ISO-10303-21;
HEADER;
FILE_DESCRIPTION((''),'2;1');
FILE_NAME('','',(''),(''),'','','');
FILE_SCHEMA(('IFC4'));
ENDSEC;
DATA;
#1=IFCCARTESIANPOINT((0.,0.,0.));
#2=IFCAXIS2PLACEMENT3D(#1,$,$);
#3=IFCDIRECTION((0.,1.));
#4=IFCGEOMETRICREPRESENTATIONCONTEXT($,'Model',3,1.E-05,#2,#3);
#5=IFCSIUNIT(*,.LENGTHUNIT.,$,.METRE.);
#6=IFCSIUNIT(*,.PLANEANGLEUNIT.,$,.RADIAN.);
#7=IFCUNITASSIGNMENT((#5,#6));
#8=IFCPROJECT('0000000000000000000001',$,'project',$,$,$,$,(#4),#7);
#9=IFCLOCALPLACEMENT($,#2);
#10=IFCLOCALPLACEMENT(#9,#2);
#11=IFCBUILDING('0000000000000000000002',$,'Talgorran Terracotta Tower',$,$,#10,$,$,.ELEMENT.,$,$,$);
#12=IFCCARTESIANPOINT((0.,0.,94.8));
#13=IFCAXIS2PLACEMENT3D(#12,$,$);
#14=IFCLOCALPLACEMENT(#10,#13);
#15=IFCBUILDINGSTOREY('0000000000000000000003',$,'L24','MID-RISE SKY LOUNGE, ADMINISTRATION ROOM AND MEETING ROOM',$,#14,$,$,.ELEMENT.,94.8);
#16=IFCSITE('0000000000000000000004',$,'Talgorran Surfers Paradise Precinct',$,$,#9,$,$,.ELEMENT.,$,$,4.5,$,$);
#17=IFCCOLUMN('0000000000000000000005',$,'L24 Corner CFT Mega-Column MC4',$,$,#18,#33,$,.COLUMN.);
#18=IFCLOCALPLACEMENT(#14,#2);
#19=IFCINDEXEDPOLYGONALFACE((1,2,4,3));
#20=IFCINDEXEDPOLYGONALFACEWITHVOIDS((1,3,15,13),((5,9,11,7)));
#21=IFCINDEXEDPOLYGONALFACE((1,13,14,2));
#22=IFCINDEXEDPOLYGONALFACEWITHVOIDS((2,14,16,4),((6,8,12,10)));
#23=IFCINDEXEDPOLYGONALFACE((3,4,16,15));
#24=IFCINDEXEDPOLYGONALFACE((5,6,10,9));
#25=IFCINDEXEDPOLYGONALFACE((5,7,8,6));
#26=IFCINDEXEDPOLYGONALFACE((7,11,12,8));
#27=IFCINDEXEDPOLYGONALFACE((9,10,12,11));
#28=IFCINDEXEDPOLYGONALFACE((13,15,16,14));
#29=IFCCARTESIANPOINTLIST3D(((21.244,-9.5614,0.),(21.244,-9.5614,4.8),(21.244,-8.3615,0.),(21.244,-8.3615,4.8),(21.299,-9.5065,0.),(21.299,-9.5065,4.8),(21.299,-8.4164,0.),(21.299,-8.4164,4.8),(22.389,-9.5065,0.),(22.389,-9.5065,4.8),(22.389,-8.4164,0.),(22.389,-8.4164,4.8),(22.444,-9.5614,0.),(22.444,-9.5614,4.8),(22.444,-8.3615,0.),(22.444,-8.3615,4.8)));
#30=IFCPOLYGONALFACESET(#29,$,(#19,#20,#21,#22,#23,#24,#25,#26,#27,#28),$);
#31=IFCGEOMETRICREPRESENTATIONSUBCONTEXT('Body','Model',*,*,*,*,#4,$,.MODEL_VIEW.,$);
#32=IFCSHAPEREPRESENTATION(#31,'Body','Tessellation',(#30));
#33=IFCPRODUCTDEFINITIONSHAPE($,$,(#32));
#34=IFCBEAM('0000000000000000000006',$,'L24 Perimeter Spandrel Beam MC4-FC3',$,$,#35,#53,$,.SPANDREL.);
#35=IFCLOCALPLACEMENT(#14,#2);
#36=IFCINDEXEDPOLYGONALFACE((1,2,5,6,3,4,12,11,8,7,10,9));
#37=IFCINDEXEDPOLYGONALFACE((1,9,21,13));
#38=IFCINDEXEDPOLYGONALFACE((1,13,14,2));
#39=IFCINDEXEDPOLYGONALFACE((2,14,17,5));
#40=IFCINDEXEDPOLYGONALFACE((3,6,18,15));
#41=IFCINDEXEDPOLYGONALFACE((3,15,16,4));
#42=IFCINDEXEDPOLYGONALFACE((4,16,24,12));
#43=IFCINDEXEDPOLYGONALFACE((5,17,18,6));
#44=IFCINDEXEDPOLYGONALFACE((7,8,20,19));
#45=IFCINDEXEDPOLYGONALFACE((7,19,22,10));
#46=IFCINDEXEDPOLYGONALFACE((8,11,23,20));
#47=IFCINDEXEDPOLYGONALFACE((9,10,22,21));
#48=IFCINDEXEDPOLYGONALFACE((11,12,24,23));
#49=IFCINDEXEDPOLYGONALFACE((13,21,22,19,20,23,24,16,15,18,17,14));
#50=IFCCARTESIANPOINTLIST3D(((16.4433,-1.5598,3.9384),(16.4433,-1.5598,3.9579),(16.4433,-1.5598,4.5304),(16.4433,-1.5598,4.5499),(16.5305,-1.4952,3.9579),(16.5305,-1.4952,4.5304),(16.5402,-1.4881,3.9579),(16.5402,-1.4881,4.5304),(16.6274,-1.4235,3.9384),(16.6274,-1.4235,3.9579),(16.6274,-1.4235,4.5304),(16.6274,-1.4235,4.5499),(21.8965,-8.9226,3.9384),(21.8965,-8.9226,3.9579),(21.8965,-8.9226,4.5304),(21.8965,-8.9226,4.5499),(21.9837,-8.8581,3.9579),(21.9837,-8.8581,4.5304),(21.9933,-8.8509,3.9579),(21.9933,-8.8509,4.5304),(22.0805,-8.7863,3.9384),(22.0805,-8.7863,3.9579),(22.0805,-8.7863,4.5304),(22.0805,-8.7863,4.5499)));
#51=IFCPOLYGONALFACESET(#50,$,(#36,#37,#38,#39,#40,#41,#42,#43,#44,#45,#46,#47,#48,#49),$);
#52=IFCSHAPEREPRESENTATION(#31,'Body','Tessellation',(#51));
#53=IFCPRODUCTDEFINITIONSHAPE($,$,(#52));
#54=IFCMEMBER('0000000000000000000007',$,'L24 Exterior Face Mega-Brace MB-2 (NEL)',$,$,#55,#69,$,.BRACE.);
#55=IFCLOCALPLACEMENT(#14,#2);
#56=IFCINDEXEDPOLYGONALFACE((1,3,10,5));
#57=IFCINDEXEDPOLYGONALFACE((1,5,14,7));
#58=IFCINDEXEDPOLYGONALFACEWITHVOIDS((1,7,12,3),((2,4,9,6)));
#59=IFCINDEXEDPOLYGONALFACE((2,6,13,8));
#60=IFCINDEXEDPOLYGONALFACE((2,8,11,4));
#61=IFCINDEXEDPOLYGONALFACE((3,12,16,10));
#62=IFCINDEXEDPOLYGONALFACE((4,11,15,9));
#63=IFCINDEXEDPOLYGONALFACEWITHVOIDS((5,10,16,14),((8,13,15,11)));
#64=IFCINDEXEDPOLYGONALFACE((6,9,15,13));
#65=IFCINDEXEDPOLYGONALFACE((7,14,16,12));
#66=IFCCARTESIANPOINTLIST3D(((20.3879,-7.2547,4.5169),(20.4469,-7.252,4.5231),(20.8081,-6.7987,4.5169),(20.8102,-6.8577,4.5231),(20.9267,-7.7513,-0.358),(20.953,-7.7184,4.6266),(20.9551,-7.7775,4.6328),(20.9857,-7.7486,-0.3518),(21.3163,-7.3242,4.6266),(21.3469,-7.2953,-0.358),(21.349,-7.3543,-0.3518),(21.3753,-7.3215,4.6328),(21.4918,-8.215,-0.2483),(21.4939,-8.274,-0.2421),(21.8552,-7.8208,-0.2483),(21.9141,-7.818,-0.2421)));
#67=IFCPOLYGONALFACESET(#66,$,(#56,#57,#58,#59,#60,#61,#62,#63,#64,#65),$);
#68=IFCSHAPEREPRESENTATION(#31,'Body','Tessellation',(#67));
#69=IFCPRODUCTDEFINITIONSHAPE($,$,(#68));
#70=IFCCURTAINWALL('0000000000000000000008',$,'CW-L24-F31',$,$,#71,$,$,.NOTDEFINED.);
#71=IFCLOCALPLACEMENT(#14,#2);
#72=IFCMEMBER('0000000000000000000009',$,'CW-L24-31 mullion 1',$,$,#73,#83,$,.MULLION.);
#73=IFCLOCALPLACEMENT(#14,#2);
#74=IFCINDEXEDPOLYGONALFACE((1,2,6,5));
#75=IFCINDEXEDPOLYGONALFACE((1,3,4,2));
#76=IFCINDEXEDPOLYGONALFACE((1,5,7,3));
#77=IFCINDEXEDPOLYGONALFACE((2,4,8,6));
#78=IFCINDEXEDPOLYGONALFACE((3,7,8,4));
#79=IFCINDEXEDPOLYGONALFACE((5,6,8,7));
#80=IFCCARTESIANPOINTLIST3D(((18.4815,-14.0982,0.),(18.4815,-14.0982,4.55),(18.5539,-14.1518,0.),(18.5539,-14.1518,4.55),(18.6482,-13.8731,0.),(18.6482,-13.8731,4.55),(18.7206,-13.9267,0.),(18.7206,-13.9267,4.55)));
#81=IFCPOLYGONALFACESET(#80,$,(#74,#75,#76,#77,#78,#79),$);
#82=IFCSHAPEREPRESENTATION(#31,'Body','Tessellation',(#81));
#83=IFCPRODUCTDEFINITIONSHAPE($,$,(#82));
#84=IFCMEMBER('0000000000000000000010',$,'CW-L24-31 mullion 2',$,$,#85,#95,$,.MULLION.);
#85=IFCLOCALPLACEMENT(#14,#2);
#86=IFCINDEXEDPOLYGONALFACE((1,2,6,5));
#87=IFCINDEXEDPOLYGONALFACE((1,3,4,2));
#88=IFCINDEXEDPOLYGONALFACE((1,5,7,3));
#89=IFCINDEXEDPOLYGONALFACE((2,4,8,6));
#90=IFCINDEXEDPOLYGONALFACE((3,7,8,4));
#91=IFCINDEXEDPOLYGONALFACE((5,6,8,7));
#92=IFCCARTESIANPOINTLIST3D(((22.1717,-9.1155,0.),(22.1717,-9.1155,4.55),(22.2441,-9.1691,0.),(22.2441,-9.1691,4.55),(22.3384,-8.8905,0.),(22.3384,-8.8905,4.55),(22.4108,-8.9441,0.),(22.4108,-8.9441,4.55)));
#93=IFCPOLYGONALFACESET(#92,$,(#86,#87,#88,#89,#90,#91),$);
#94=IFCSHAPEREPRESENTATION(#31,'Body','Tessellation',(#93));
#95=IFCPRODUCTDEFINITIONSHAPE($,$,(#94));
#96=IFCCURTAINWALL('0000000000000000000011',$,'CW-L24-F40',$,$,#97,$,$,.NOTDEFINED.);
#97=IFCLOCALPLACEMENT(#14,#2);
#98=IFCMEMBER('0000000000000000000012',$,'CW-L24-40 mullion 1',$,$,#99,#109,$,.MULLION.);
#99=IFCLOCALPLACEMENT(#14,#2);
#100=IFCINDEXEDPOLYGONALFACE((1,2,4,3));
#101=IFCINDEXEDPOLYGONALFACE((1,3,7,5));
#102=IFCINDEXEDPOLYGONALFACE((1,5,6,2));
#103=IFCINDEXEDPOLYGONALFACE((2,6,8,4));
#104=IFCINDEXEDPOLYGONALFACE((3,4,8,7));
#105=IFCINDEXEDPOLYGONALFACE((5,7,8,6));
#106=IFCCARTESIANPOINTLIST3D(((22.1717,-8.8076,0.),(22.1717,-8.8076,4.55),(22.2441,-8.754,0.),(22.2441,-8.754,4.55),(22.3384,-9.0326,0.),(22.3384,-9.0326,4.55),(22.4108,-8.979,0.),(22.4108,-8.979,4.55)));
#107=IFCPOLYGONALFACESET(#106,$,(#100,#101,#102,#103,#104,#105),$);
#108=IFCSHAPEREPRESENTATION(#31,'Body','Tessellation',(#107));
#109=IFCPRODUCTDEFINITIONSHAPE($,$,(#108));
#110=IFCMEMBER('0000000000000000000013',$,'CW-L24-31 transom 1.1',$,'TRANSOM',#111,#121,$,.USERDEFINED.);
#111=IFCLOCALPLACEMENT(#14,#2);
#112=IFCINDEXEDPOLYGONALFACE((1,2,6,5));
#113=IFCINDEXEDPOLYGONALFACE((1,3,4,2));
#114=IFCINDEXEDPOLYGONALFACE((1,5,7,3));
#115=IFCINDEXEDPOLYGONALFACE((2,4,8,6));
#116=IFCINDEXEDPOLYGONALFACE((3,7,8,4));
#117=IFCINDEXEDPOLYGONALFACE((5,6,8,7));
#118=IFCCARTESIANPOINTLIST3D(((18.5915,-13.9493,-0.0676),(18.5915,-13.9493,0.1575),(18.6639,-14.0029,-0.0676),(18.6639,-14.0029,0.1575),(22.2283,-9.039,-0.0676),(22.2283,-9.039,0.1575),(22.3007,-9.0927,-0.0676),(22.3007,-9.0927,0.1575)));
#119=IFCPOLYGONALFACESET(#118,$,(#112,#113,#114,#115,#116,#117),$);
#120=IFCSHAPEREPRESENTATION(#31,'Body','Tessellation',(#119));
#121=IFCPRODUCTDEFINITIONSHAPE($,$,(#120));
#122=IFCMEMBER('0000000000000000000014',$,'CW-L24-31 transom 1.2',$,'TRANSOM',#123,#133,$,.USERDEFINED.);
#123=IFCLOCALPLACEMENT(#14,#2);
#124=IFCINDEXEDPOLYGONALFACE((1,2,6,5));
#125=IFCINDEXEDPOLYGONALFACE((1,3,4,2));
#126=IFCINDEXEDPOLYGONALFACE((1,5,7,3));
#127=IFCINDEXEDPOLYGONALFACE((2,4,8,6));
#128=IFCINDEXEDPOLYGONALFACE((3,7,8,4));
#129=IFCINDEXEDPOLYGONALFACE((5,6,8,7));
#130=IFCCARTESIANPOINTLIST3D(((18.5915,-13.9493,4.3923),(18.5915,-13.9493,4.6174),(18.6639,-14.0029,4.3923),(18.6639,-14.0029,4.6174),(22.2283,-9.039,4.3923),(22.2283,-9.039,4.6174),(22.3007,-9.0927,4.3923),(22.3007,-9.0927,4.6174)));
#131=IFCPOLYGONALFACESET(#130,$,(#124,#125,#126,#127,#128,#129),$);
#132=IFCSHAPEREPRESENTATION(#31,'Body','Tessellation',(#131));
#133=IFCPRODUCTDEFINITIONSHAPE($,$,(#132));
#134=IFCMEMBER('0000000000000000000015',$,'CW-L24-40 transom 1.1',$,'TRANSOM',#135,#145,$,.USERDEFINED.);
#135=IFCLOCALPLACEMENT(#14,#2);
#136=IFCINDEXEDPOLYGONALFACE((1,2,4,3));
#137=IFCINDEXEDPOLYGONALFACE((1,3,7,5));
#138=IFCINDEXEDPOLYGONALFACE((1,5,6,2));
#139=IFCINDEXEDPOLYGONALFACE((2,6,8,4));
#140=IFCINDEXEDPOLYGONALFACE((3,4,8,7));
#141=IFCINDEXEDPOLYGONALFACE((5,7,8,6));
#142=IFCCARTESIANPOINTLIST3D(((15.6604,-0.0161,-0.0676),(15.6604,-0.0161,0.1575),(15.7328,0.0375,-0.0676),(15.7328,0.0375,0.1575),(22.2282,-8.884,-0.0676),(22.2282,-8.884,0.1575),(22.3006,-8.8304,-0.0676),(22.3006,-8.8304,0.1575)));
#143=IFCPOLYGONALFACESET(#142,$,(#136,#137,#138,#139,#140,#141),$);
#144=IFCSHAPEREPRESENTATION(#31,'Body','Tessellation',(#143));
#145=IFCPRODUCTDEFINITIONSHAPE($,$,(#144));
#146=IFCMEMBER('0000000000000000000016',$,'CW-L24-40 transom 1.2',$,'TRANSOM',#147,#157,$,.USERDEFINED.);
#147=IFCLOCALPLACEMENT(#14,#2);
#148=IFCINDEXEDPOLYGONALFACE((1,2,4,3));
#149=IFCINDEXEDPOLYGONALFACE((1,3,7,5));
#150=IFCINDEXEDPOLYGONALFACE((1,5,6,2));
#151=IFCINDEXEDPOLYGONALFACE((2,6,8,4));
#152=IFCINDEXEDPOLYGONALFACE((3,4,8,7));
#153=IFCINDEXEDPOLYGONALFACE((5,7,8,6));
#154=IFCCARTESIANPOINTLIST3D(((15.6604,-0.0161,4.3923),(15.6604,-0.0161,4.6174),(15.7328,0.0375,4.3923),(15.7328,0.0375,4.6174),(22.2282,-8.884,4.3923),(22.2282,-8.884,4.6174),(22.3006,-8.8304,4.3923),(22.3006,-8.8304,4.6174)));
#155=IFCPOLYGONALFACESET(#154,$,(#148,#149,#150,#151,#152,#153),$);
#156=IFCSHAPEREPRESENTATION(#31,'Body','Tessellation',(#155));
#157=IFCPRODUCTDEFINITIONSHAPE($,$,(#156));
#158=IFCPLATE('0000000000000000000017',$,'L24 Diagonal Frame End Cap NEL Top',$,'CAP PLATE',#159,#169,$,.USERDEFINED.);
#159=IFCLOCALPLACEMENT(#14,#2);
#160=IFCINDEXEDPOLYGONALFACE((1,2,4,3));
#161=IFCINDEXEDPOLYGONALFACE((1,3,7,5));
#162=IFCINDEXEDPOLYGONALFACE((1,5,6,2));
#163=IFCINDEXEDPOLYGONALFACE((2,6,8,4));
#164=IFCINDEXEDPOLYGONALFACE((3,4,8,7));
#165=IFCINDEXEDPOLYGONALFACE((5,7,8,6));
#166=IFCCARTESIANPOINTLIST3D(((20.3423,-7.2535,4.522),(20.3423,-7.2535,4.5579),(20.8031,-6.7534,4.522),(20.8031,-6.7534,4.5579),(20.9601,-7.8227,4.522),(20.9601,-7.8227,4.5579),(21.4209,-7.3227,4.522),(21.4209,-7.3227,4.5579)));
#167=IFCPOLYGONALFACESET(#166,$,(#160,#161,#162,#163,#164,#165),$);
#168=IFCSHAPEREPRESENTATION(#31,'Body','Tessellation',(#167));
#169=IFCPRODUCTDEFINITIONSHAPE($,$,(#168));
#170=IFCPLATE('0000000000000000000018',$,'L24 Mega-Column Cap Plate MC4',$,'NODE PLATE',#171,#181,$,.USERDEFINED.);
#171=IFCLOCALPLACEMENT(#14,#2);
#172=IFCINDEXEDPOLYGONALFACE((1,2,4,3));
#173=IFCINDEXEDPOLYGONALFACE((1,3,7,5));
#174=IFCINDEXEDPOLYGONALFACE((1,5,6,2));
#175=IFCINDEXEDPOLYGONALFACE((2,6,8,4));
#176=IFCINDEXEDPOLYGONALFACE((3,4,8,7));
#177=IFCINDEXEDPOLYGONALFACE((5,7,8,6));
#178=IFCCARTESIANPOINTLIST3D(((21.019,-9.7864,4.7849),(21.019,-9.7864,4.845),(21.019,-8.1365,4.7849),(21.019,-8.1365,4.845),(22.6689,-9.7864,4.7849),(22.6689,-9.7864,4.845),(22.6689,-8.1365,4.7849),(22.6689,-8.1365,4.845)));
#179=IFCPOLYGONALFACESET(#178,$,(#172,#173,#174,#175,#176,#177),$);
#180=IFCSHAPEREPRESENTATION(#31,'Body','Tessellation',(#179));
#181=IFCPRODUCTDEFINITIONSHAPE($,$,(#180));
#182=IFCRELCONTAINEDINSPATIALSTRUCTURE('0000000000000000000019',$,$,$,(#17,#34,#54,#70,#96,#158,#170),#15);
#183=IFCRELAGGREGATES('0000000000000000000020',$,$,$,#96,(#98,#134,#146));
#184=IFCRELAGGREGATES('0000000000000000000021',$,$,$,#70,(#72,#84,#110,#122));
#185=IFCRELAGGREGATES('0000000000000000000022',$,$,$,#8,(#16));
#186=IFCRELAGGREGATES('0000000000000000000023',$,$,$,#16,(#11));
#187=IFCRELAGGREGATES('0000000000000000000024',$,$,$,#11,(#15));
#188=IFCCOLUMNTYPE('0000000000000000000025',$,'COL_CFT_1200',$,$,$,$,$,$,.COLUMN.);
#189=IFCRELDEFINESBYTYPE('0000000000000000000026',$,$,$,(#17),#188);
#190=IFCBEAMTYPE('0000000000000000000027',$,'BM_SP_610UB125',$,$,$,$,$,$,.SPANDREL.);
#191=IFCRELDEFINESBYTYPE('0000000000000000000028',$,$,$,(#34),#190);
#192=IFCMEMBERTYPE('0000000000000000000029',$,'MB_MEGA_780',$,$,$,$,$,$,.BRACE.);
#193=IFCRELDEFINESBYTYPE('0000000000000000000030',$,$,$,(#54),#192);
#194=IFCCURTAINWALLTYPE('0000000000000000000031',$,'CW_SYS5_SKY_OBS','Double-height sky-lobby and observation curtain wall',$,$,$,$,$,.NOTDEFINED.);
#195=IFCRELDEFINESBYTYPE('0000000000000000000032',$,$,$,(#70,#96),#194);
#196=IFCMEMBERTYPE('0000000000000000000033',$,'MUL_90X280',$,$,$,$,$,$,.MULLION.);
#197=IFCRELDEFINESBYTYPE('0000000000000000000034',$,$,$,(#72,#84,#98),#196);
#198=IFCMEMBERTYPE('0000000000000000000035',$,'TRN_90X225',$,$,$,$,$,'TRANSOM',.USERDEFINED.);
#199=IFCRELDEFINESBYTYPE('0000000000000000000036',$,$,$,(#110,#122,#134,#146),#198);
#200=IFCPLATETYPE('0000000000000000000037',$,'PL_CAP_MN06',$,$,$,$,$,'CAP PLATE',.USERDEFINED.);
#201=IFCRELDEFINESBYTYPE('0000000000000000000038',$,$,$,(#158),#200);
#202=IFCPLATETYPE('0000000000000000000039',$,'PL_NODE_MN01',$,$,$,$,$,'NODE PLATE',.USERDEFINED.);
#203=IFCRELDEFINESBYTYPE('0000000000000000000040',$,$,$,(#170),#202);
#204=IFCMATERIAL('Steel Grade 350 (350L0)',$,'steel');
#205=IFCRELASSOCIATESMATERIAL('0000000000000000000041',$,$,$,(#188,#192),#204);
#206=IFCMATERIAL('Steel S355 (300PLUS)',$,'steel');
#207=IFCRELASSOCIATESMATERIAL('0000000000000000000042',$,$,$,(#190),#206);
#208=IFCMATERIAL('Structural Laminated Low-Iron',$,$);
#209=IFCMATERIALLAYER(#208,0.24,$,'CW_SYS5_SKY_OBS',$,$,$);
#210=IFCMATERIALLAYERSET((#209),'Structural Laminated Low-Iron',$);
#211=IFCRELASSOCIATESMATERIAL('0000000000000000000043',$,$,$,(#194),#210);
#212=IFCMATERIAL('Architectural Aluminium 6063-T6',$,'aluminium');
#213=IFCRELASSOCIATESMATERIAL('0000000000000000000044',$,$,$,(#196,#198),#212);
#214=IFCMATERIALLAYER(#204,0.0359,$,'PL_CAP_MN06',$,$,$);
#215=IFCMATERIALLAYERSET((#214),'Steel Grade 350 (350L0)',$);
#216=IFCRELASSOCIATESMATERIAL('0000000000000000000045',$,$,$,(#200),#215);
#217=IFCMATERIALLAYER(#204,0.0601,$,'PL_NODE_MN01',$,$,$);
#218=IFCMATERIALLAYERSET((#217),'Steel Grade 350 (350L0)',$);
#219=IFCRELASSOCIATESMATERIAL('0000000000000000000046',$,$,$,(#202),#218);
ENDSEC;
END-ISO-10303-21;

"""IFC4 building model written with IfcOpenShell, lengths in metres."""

from ifc_helpers import new_model, si_unit, direction, frame, origin, origin_2d, place, context, subcontext, project, spatial, rectangle, hollow_rectangle, i_section, extrude, material, layer, layer_set, material_profile, profile_set, type_object, element, aggregate, save


model = new_model("IFC4")

# Units and contexts
model_context = context("Model", 3, precision=1e-05, world=origin(), true_north=direction((0.0, 1.0)))
body_context = subcontext(model_context, "Body", "Model", "MODEL_VIEW")
ifc_project = project(units=[si_unit("LENGTHUNIT", "METRE"), si_unit("PLANEANGLEUNIT", "RADIAN")], contexts=[model_context])

# Site, building, storey
site_placement = place(None, origin())
site = spatial("IfcSite", under=ifc_project, at=site_placement, Name="Talgorran Surfers Paradise Precinct", CompositionType="ELEMENT", RefElevation=4.5)
building_placement = place(site_placement, origin())
building = spatial("IfcBuilding", under=site, at=building_placement, Name="Talgorran Terracotta Tower", CompositionType="ELEMENT")
storey_placement = place(building_placement, frame((0.0, 0.0, 94.8)))
storey = spatial("IfcBuildingStorey", under=building, at=storey_placement, Name="L24", Description="MID-RISE SKY LOUNGE, ADMINISTRATION ROOM AND MEETING ROOM", CompositionType="ELEMENT", Elevation=94.8)

# Column
ifc_material_1 = material(Name="Steel Grade 350 (350L0)", Category="steel")
ifc_material_profile_1 = material_profile(ifc_material_1, hollow_rectangle(XDim=1.2, YDim=1.2, WallThickness=0.0549, at=origin_2d()), Name="CFT1200X1200X55")
ifc_profile_set_1 = profile_set([ifc_material_profile_1], Name="Steel Grade 350 (350L0)")
column_type = type_object("IfcColumnType", Name="COL_CFT_1200", PredefinedType="COLUMN", material=ifc_profile_set_1)
column_placement = place(storey_placement, frame((21.844, -8.9614, 0.0), z_axis=(0.0, 0.0, 1.0), x_axis=(1.0, 0.0, 0.0)))
element("IfcColumn", 1, at=column_placement, inside=storey, type_object=column_type, Name="L24 Corner CFT Mega-Column MC4", PredefinedType="COLUMN", context=body_context, shape_type="SweptSolid", body=[
    extrude(hollow_rectangle(XDim=1.2, YDim=1.2, WallThickness=0.0549, at=origin_2d()), origin(), (0.0, 0.0, 1.0), 4.8),
])

# Beam
ifc_material_2 = material(Name="Steel S355 (300PLUS)", Category="steel")
ifc_material_profile_2 = material_profile(ifc_material_2, i_section(OverallWidth=0.229, OverallDepth=0.6116, WebThickness=0.012, FlangeThickness=0.0195, at=origin_2d()), Name="610UB125")
ifc_profile_set_2 = profile_set([ifc_material_profile_2], Name="Steel S355 (300PLUS)")
beam_type = type_object("IfcBeamType", Name="BM_SP_610UB125", PredefinedType="SPANDREL", material=ifc_profile_set_2)
beam_placement = place(storey_placement, frame((21.9885, -8.8545, 4.2441), z_axis=(-0.595171, 0.803599, 0.0), x_axis=(-0.803599, -0.595171, 0.0)))
element("IfcBeam", 2, at=beam_placement, inside=storey, type_object=beam_type, Name="L24 Perimeter Spandrel Beam MC4-FC3", PredefinedType="SPANDREL", context=body_context, shape_type="SweptSolid", body=[
    extrude(i_section(OverallWidth=0.229, OverallDepth=0.6116, WebThickness=0.012, FlangeThickness=0.0195, at=origin_2d()), origin(), (0.0, 0.0, 1.0), 9.1624),
])

# Member
ifc_material_profile_3 = material_profile(ifc_material_1, hollow_rectangle(XDim=0.6201, YDim=0.78, WallThickness=0.042, at=origin_2d()), Name="WBOX780X620X42")
ifc_profile_set_3 = profile_set([ifc_material_profile_3], Name="Steel Grade 350 (350L0)")
member_type_1 = type_object("IfcMemberType", Name="MB_MEGA_780", PredefinedType="BRACE", material=ifc_profile_set_3)
member_1_placement = place(storey_placement, frame((21.4204, -7.7847, -0.3), z_axis=(-0.109299, 0.100731, 0.988892), x_axis=(-0.677699, -0.73534, 0.0)))
element("IfcMember", 3, at=member_1_placement, inside=storey, type_object=member_type_1, Name="L24 Exterior Face Mega-Brace MB-2 (NEL)", PredefinedType="BRACE", context=body_context, shape_type="SweptSolid", body=[
    extrude(hollow_rectangle(XDim=0.6201, YDim=0.78, WallThickness=0.042, at=origin_2d()), origin(), (0.0, 0.0, 1.0), 4.9297),
])

# Curtain wall, members
ifc_material_3 = material(Name="Structural Laminated Low-Iron")
ifc_layer_1 = layer(ifc_material_3, 0.24, Name="CW_SYS5_SKY_OBS")
ifc_layer_set_1 = layer_set([ifc_layer_1], Name="Structural Laminated Low-Iron")
curtain_wall_type = type_object("IfcCurtainWallType", Name="CW_SYS5_SKY_OBS", Description="Double-height sky-lobby and observation curtain wall", PredefinedType="NOTDEFINED", material=ifc_layer_set_1)
curtain_wall_1_placement = place(storey_placement, origin())
curtain_wall_1 = element("IfcCurtainWall", 4, at=curtain_wall_1_placement, inside=storey, type_object=curtain_wall_type, Name="CW-L24-F31", PredefinedType="NOTDEFINED")
ifc_material_4 = material(Name="Architectural Aluminium 6063-T6", Category="aluminium")
ifc_material_profile_4 = material_profile(ifc_material_4, rectangle(XDim=0.0901, YDim=0.28, at=origin_2d()), Name="CWM90X280")
ifc_profile_set_4 = profile_set([ifc_material_profile_4], Name="Architectural Aluminium 6063-T6")
member_type_2 = type_object("IfcMemberType", Name="MUL_90X280", PredefinedType="MULLION", material=ifc_profile_set_4)
member_2_placement = place(storey_placement, frame((18.6011, -14.0125, 0.0), z_axis=(0.0, 0.0, 1.0), x_axis=(-0.803601, 0.595169, 0.0)))
member_2 = element("IfcMember", 5, at=member_2_placement, type_object=member_type_2, Name="CW-L24-31 mullion 1", PredefinedType="MULLION", context=body_context, shape_type="SweptSolid", body=[
    extrude(rectangle(XDim=0.0901, YDim=0.28, at=origin_2d()), origin(), (0.0, 0.0, 1.0), 4.55),
])
member_3_placement = place(storey_placement, frame((22.2913, -9.0298, 0.0), z_axis=(0.0, 0.0, 1.0), x_axis=(-0.803601, 0.595169, 0.0)))
member_3 = element("IfcMember", 6, at=member_3_placement, type_object=member_type_2, Name="CW-L24-31 mullion 2", PredefinedType="MULLION", context=body_context, shape_type="SweptSolid", body=[
    extrude(rectangle(XDim=0.0901, YDim=0.28, at=origin_2d()), origin(), (0.0, 0.0, 1.0), 4.55),
])

# Curtain wall, member
curtain_wall_2_placement = place(storey_placement, origin())
curtain_wall_2 = element("IfcCurtainWall", 7, at=curtain_wall_2_placement, inside=storey, type_object=curtain_wall_type, Name="CW-L24-F40", PredefinedType="NOTDEFINED")
member_4_placement = place(storey_placement, frame((22.2913, -8.8933, 0.0), z_axis=(0.0, 0.0, 1.0), x_axis=(-0.803597, -0.595174, 0.0)))
member_4 = element("IfcMember", 8, at=member_4_placement, type_object=member_type_2, Name="CW-L24-40 mullion 1", PredefinedType="MULLION", context=body_context, shape_type="SweptSolid", body=[
    extrude(rectangle(XDim=0.0901, YDim=0.28, at=origin_2d()), origin(), (0.0, 0.0, 1.0), 4.55),
])

# Members
ifc_material_profile_5 = material_profile(ifc_material_4, rectangle(XDim=0.0901, YDim=0.2251, at=origin_2d()), Name="CWT90X225")
ifc_profile_set_5 = profile_set([ifc_material_profile_5], Name="Architectural Aluminium 6063-T6")
member_type_3 = type_object("IfcMemberType", Name="TRN_90X225", ElementType="TRANSOM", PredefinedType="USERDEFINED", material=ifc_profile_set_5)
member_5_placement = place(storey_placement, frame((18.6277, -13.9761, 0.0449), z_axis=(0.595182, 0.803591, 0.0), x_axis=(-0.803591, 0.595182, 0.0)))
member_5 = element("IfcMember", 9, at=member_5_placement, type_object=member_type_3, Name="CW-L24-31 transom 1.1", ObjectType="TRANSOM", PredefinedType="USERDEFINED", context=body_context, shape_type="SweptSolid", body=[
    extrude(rectangle(XDim=0.0901, YDim=0.2251, at=origin_2d()), origin(), (0.0, 0.0, 1.0), 6.1104),
])
member_6_placement = place(storey_placement, frame((18.6277, -13.9761, 4.5049), z_axis=(0.595182, 0.803591, 0.0), x_axis=(-0.803591, 0.595182, 0.0)))
member_6 = element("IfcMember", 10, at=member_6_placement, type_object=member_type_3, Name="CW-L24-31 transom 1.2", ObjectType="TRANSOM", PredefinedType="USERDEFINED", context=body_context, shape_type="SweptSolid", body=[
    extrude(rectangle(XDim=0.0901, YDim=0.2251, at=origin_2d()), origin(), (0.0, 0.0, 1.0), 6.1104),
])
member_7_placement = place(storey_placement, frame((22.2644, -8.8572, 0.0449), z_axis=(-0.595171, 0.803599, 0.0), x_axis=(-0.803599, -0.595171, 0.0)))
member_7 = element("IfcMember", 11, at=member_7_placement, type_object=member_type_3, Name="CW-L24-40 transom 1.1", ObjectType="TRANSOM", PredefinedType="USERDEFINED", context=body_context, shape_type="SweptSolid", body=[
    extrude(rectangle(XDim=0.0901, YDim=0.2251, at=origin_2d()), origin(), (0.0, 0.0, 1.0), 11.0352),
])
member_8_placement = place(storey_placement, frame((22.2644, -8.8572, 4.5049), z_axis=(-0.595171, 0.803599, 0.0), x_axis=(-0.803599, -0.595171, 0.0)))
member_8 = element("IfcMember", 12, at=member_8_placement, type_object=member_type_3, Name="CW-L24-40 transom 1.2", ObjectType="TRANSOM", PredefinedType="USERDEFINED", context=body_context, shape_type="SweptSolid", body=[
    extrude(rectangle(XDim=0.0901, YDim=0.2251, at=origin_2d()), origin(), (0.0, 0.0, 1.0), 11.0352),
])
aggregate(curtain_wall_2, [member_4, member_7, member_8])

# Plates
ifc_layer_2 = layer(ifc_material_1, 0.0359, Name="PL_CAP_MN06")
ifc_layer_set_2 = layer_set([ifc_layer_2], Name="Steel Grade 350 (350L0)")
plate_type_1 = type_object("IfcPlateType", Name="PL_CAP_MN06", ElementType="CAP PLATE", PredefinedType="USERDEFINED", material=ifc_layer_set_2)
plate_1_placement = place(storey_placement, frame((20.8816, -7.2881, 4.522), z_axis=(0.0, 0.0, 1.0), x_axis=(-0.735388, 0.677646, 0.0)))
element("IfcPlate", 13, at=plate_1_placement, inside=storey, type_object=plate_type_1, Name="L24 Diagonal Frame End Cap NEL Top", ObjectType="CAP PLATE", PredefinedType="USERDEFINED", context=body_context, shape_type="SweptSolid", body=[
    extrude(rectangle(XDim=0.8401, YDim=0.6799, at=origin_2d()), origin(), (0.0, 0.0, 1.0), 0.0359),
])
ifc_layer_3 = layer(ifc_material_1, 0.0601, Name="PL_NODE_MN01")
ifc_layer_set_3 = layer_set([ifc_layer_3], Name="Steel Grade 350 (350L0)")
plate_type_2 = type_object("IfcPlateType", Name="PL_NODE_MN01", ElementType="NODE PLATE", PredefinedType="USERDEFINED", material=ifc_layer_set_3)
plate_2_placement = place(storey_placement, frame((21.844, -8.9614, 4.7849), z_axis=(0.0, 0.0, 1.0), x_axis=(1.0, 0.0, 0.0)))
element("IfcPlate", 14, at=plate_2_placement, inside=storey, type_object=plate_type_2, Name="L24 Mega-Column Cap Plate MC4", ObjectType="NODE PLATE", PredefinedType="USERDEFINED", context=body_context, shape_type="SweptSolid", body=[
    extrude(rectangle(XDim=1.6499, YDim=1.6499, at=origin_2d()), origin(), (0.0, 0.0, 1.0), 0.0601),
])

aggregate(curtain_wall_1, [member_2, member_3, member_5, member_6])

save(model, "model.ifc")
